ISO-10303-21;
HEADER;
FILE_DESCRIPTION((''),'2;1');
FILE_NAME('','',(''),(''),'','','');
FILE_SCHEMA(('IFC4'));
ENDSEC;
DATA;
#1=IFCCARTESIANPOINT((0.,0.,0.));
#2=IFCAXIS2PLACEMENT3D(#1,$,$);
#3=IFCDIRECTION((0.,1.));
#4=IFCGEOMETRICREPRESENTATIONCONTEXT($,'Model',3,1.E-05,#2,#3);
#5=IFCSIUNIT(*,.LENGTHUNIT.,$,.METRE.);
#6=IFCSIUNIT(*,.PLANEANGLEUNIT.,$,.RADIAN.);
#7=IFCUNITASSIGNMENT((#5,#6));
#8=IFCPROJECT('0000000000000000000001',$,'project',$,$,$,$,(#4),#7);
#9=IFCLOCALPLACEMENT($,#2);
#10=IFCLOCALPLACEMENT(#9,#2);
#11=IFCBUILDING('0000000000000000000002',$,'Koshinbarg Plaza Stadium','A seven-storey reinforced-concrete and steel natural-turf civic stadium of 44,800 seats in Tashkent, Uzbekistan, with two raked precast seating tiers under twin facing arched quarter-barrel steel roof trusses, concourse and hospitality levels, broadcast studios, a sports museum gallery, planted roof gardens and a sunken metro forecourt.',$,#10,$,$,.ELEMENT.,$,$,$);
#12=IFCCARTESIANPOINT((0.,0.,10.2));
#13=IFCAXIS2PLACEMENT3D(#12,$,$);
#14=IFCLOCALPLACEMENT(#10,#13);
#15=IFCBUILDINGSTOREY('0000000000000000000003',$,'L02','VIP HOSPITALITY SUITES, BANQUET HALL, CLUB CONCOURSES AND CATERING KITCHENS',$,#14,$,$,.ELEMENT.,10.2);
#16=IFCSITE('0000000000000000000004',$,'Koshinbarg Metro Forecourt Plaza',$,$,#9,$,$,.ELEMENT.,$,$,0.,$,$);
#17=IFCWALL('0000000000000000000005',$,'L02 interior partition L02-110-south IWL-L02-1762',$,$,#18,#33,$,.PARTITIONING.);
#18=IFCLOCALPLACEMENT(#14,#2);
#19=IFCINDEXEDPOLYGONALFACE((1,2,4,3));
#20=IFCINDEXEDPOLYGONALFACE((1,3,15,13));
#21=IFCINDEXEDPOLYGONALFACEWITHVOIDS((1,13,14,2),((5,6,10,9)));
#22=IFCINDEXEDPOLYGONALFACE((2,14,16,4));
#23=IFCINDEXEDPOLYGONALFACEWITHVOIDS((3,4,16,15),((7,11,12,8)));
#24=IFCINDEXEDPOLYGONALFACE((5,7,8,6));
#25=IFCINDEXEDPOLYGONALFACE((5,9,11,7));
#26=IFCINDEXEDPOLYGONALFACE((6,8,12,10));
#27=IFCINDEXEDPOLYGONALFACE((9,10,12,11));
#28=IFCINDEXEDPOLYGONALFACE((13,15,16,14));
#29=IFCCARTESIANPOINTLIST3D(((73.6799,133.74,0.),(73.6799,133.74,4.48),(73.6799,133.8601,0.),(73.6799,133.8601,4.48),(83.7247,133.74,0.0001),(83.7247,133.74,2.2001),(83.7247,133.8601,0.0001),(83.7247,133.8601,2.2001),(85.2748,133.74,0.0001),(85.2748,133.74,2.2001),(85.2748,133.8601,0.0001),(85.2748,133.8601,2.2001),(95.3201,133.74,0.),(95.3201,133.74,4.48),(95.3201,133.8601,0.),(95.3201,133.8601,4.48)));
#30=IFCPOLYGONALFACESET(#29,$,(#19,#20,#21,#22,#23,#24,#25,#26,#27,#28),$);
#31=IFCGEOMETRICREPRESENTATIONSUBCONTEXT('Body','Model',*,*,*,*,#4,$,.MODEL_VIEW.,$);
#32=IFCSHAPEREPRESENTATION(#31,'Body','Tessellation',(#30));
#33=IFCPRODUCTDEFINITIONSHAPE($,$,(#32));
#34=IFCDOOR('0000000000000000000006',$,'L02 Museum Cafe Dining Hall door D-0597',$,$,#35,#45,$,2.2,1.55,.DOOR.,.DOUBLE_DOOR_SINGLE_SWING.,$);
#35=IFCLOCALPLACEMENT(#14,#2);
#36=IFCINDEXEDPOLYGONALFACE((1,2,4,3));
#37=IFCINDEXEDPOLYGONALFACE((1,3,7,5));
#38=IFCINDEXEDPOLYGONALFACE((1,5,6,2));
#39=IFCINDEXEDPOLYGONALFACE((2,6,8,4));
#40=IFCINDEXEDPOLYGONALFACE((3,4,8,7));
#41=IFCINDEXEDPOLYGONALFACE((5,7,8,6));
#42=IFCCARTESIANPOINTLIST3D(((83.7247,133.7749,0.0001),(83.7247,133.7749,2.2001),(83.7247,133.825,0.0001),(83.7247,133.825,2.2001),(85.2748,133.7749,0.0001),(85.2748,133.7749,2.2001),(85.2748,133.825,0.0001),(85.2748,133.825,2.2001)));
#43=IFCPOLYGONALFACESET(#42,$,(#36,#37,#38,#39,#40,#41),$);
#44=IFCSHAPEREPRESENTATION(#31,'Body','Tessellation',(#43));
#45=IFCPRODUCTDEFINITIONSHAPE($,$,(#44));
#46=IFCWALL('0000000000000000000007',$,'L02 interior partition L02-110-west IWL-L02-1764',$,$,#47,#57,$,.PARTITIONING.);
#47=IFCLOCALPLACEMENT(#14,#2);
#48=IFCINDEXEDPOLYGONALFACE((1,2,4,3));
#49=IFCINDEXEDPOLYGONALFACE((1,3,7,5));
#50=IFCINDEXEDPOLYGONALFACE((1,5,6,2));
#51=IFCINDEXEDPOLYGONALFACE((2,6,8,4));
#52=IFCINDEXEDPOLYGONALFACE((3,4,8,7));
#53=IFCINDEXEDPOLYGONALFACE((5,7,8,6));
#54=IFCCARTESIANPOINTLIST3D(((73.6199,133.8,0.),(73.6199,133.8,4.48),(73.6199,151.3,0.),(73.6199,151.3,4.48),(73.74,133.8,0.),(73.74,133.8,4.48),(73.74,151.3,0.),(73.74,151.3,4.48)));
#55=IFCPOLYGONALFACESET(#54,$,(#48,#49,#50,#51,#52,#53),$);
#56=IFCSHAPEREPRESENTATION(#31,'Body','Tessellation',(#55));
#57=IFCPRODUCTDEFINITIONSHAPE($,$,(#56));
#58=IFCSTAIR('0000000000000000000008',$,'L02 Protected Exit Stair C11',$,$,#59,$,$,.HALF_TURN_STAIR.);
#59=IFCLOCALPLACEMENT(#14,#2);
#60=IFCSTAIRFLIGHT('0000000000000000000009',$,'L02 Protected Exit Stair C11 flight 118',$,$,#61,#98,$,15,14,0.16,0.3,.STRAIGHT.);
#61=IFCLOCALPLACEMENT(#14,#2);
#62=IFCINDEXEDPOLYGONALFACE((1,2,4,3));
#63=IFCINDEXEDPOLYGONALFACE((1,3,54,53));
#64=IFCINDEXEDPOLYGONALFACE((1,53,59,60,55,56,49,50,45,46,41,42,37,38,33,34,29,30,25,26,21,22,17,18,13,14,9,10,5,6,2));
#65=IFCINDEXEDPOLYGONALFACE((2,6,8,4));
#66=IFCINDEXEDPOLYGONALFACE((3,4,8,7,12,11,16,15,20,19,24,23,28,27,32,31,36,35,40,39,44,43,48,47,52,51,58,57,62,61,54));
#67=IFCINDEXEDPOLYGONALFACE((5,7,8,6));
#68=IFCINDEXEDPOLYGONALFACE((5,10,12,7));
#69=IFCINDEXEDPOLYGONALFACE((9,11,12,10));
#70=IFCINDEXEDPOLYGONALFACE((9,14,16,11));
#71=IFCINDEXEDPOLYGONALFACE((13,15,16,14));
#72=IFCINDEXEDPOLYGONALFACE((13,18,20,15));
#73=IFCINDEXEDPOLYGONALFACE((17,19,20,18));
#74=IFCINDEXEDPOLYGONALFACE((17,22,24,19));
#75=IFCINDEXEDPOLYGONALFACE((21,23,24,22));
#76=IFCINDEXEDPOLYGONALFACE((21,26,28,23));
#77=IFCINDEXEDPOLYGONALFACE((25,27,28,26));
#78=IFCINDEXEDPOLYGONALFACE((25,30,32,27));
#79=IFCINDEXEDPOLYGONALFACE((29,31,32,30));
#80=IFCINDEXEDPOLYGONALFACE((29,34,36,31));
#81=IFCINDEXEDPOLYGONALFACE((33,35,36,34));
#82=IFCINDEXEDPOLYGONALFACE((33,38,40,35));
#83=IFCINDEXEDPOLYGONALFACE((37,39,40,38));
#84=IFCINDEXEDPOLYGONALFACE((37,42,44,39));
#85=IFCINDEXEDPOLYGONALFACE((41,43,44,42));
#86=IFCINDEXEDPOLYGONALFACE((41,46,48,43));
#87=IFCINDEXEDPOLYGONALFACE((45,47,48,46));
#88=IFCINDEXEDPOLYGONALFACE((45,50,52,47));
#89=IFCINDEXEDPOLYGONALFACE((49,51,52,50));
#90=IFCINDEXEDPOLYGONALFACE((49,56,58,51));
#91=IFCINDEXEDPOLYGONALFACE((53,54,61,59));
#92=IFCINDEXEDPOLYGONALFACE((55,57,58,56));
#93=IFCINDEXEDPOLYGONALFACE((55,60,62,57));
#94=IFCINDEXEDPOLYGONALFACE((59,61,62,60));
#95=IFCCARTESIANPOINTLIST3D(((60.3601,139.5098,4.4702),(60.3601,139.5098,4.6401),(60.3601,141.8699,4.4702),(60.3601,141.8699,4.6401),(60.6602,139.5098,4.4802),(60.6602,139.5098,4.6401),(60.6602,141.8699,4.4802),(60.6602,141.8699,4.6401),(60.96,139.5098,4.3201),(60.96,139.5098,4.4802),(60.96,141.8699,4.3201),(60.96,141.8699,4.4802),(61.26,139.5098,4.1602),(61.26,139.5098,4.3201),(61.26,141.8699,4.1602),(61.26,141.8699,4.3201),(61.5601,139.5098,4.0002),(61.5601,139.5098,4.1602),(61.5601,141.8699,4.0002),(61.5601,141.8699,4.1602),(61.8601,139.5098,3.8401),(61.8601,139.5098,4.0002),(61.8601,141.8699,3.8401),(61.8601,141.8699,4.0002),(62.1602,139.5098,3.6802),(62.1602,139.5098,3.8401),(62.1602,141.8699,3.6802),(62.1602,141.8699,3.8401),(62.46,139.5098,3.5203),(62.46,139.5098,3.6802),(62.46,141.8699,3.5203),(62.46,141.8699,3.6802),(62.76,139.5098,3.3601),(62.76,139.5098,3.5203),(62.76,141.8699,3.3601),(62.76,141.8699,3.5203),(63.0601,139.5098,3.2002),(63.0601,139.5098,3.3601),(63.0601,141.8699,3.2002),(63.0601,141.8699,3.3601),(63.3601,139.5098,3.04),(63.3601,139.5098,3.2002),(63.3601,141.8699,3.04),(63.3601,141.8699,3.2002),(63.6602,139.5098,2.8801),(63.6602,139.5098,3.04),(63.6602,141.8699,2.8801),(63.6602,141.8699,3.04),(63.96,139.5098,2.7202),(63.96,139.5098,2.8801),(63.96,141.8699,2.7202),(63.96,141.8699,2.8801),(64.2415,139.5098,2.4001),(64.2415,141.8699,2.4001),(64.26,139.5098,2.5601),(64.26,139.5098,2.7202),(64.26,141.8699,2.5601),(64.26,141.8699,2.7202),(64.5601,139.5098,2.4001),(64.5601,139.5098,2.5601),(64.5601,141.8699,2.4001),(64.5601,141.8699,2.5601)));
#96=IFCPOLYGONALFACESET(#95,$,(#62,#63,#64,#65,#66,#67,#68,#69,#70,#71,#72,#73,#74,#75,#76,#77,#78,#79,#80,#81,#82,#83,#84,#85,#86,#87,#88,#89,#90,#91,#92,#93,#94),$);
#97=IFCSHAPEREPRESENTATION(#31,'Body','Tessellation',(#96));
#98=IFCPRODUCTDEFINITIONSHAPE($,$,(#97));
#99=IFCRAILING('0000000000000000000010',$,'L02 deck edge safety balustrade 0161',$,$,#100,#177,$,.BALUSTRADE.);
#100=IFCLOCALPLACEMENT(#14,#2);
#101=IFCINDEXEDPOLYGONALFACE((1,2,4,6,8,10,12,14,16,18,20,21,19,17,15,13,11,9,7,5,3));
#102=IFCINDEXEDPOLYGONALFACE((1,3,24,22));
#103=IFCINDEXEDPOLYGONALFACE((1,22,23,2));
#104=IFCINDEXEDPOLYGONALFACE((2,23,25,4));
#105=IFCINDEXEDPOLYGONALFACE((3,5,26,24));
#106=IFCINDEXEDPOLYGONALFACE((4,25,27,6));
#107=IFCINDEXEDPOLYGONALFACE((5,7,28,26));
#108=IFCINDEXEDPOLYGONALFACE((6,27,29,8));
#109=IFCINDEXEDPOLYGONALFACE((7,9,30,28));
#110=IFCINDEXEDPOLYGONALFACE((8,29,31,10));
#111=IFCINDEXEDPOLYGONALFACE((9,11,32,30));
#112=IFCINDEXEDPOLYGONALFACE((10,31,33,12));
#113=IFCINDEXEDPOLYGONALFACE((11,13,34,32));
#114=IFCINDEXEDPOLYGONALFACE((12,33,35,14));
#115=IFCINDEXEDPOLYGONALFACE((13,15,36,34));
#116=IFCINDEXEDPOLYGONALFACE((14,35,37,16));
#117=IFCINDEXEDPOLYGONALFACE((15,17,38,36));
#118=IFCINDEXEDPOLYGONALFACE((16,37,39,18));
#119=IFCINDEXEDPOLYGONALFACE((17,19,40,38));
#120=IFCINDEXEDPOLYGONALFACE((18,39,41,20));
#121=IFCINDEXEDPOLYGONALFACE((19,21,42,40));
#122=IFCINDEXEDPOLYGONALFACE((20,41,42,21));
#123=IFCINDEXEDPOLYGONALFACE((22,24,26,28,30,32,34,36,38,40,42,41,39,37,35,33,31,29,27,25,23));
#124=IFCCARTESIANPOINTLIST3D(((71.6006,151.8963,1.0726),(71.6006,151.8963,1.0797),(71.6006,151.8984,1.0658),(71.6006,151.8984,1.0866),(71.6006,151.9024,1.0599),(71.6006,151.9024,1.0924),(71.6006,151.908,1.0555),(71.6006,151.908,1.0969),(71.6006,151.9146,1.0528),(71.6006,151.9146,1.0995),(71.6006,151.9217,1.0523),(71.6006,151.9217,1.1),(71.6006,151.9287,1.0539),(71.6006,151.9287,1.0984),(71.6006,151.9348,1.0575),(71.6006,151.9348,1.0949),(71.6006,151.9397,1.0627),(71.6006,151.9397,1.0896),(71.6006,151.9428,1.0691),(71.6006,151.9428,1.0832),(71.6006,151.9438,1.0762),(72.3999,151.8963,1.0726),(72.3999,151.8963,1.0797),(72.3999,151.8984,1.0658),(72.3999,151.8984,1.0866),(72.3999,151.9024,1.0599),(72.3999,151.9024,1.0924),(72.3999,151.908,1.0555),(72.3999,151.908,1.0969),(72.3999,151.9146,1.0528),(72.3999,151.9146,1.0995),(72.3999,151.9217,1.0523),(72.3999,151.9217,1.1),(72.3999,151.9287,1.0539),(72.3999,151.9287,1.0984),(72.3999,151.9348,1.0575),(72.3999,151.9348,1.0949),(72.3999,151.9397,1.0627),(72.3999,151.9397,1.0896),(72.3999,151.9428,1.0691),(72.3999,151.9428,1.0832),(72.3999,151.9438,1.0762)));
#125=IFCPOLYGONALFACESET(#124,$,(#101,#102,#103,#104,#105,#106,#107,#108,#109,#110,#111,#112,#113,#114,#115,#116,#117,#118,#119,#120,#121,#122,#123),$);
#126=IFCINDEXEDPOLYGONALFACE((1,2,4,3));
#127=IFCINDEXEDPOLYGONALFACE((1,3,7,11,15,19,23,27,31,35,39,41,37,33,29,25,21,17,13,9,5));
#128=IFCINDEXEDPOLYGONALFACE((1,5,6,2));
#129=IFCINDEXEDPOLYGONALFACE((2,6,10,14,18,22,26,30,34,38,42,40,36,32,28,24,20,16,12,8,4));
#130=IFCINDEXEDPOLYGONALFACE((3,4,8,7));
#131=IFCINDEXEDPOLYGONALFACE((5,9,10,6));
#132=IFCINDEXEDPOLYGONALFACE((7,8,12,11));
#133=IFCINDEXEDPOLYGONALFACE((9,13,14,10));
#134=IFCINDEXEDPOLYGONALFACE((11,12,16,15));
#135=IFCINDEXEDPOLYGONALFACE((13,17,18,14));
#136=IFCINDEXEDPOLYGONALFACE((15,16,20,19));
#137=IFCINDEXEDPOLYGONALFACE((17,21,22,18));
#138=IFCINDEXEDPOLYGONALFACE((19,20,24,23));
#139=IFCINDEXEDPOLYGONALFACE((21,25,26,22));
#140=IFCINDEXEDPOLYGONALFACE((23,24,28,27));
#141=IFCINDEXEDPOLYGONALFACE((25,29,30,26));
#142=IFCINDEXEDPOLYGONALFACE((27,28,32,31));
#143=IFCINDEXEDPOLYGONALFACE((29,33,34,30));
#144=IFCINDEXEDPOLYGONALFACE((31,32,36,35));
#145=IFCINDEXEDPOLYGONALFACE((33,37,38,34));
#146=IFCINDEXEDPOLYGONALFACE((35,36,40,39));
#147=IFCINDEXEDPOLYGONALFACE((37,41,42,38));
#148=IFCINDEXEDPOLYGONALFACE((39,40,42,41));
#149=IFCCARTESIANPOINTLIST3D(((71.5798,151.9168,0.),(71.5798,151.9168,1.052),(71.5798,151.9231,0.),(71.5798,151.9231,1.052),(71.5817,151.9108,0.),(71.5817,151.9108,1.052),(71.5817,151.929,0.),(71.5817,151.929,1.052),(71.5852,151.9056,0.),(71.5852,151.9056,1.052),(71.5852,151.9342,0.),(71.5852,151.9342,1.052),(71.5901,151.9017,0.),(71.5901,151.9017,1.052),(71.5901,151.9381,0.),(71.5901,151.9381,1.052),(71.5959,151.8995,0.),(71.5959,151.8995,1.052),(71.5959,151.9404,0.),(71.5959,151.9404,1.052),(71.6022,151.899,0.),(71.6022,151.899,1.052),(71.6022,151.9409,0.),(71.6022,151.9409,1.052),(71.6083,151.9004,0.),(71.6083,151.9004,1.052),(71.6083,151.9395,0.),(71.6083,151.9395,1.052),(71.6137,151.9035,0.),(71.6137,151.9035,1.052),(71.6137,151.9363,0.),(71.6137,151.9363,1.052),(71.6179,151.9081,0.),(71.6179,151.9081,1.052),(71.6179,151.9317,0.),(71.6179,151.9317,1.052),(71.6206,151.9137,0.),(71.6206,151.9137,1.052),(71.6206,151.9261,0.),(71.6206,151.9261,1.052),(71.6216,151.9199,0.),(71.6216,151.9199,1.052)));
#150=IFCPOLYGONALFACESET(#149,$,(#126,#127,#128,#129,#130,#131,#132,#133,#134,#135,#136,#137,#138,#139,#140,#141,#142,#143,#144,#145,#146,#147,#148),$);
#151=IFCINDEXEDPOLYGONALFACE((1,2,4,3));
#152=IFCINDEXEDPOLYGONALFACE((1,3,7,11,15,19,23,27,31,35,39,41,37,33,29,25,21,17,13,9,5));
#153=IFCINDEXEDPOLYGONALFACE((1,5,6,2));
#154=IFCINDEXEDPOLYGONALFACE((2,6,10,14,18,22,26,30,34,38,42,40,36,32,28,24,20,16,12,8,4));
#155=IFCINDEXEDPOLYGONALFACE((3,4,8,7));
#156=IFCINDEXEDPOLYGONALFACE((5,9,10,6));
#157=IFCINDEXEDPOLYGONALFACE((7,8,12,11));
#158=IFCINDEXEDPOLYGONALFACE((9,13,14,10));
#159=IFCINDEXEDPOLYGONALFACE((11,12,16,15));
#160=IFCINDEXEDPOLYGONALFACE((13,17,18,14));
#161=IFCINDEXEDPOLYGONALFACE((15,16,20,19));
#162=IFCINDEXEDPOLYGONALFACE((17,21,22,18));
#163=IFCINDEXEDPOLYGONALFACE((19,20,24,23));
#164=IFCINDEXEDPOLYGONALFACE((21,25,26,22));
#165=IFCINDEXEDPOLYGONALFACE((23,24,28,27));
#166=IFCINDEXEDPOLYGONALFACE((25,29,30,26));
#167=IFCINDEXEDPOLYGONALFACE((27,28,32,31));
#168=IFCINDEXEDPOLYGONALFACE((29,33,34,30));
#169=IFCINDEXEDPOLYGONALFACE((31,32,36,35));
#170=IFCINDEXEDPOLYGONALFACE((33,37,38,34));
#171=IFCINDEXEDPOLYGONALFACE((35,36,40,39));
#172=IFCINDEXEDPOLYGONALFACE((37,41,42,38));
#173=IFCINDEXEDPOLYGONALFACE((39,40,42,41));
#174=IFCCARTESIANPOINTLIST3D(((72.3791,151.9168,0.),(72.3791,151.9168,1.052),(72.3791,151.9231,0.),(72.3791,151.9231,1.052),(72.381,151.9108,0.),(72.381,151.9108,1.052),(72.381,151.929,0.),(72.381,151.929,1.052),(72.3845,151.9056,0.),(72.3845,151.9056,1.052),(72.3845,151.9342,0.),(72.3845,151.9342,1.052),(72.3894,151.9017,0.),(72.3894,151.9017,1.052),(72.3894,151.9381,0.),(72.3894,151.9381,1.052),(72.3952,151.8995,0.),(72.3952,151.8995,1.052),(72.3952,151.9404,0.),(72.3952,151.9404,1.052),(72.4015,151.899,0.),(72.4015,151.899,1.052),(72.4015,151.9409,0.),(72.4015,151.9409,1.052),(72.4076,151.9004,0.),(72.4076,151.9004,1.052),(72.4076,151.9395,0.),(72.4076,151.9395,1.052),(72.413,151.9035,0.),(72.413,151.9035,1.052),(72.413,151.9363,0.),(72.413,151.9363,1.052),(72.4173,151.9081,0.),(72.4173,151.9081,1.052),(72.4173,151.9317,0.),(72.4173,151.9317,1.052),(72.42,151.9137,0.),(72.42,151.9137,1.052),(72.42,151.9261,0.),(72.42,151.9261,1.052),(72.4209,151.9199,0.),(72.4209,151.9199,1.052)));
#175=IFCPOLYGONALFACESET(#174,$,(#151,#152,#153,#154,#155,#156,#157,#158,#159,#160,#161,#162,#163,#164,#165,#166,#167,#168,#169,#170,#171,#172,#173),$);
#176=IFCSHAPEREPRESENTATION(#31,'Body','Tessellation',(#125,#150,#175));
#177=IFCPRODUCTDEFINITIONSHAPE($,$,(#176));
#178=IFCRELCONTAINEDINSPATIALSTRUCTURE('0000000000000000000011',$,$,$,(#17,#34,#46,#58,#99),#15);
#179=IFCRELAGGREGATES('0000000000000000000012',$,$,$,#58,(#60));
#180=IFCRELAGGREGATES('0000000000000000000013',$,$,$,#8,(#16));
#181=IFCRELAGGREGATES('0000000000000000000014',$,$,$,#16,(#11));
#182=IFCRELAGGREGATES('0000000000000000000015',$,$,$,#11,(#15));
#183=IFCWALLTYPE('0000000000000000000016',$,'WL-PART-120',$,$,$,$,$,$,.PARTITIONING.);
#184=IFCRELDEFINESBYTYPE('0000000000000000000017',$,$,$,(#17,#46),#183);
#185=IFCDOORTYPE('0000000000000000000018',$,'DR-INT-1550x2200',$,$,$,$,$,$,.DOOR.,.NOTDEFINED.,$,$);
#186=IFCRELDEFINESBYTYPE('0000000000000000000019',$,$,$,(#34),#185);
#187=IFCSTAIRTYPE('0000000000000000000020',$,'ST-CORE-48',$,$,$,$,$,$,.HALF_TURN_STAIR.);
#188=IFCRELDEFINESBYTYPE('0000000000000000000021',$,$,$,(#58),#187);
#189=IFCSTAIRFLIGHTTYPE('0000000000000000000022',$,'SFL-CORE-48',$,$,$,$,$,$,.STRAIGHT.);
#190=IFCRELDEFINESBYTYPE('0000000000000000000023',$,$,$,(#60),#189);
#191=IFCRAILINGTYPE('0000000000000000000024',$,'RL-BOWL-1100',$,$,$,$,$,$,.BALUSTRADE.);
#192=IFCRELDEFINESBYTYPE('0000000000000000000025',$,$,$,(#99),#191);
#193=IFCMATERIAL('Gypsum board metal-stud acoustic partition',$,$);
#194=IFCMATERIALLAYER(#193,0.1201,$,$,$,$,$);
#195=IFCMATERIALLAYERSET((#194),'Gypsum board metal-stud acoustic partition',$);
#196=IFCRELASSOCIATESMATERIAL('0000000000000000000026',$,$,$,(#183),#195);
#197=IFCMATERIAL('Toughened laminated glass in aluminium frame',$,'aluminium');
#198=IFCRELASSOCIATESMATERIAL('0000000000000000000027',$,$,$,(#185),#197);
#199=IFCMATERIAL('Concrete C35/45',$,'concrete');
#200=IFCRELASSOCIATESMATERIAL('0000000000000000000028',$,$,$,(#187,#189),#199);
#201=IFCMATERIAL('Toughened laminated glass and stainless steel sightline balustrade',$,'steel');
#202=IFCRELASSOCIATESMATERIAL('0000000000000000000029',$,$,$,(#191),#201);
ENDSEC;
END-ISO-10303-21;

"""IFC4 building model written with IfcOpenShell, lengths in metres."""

from ifc_helpers import new_model, si_unit, direction, frame, frame_2d, origin, origin_2d, place, context, subcontext, project, spatial, polyline, rectangle, circle, outline, extrude, material, layer, layer_set, type_object, element, fill, aggregate, save


model = new_model("IFC4")

# Units and contexts
model_context = context("Model", 3, precision=1e-05, world=origin(), true_north=direction((0.0, 1.0)))
body_context = subcontext(model_context, "Body", "Model", "MODEL_VIEW")
ifc_project = project(units=[si_unit("LENGTHUNIT", "METRE"), si_unit("PLANEANGLEUNIT", "RADIAN")], contexts=[model_context])

# Site, building, storey
site_placement = place(None, origin())
site = spatial("IfcSite", under=ifc_project, at=site_placement, Name="Koshinbarg Metro Forecourt Plaza", CompositionType="ELEMENT", RefElevation=0.0)
building_placement = place(site_placement, origin())
building = spatial("IfcBuilding", under=site, at=building_placement, Name="Koshinbarg Plaza Stadium", Description="A seven-storey reinforced-concrete and steel natural-turf civic stadium of 44,800 seats in Tashkent, Uzbekistan, with two raked precast seating tiers under twin facing arched quarter-barrel steel roof trusses, concourse and hospitality levels, broadcast studios, a sports museum gallery, planted roof gardens and a sunken metro forecourt.", CompositionType="ELEMENT")
storey_placement = place(building_placement, frame((0.0, 0.0, 10.2)))
storey = spatial("IfcBuildingStorey", under=building, at=storey_placement, Name="L02", Description="VIP HOSPITALITY SUITES, BANQUET HALL, CLUB CONCOURSES AND CATERING KITCHENS", CompositionType="ELEMENT", Elevation=10.2)

# Shared definitions
ifc_material_1 = material(Name="Gypsum board metal-stud acoustic partition")
ifc_layer_1 = layer(ifc_material_1, 0.1201)
ifc_layer_set_1 = layer_set([ifc_layer_1], Name="Gypsum board metal-stud acoustic partition")
wall_type_1 = type_object("IfcWallType", Name="WL-PART-120", PredefinedType="PARTITIONING", material=ifc_layer_set_1)

# Wall, opening, door
wall_1_placement = place(storey_placement, frame((73.6799, 133.8, 0.0), z_axis=(0.0, 0.0, 1.0), x_axis=(1.0, 0.0, 0.0)))
wall_1 = element("IfcWall", 1, at=wall_1_placement, inside=storey, type_object=wall_type_1, Name="L02 interior partition L02-110-south IWL-L02-1762", PredefinedType="PARTITIONING", context=body_context, shape_type="SweptSolid", body=[
    extrude(rectangle(XDim=21.6401, YDim=0.1201, at=frame_2d((10.8201, 0.0))), origin(), (0.0, 0.0, 1.0), 4.48),
])
opening_1_placement = place(wall_1_placement, frame((10.0449, 0.0, 0.0)))
opening_1 = element("IfcOpeningElement", 2, at=opening_1_placement, cuts=wall_1, PredefinedType="OPENING", context=body_context, shape_type="SweptSolid", body=[
    extrude(rectangle(XDim=1.55, YDim=2.2, at=frame_2d((0.7749, 1.1001))), frame((0.0, 0.0701, 0.0), z_axis=(0.0, -1.0, 0.0), x_axis=(1.0, 0.0, 0.0)), (0.0, 0.0, 1.0), 0.1401),
])
ifc_material_2 = material(Name="Toughened laminated glass in aluminium frame", Category="aluminium")
door_type_1 = type_object("IfcDoorType", Name="DR-INT-1550x2200", OperationType="NOTDEFINED", PredefinedType="DOOR", material=ifc_material_2)
door_1_placement = place(opening_1_placement, origin())
door_1 = element("IfcDoor", 3, at=door_1_placement, inside=storey, type_object=door_type_1, Name="L02 Museum Cafe Dining Hall door D-0597", OperationType="DOUBLE_DOOR_SINGLE_SWING", OverallHeight=2.2, OverallWidth=1.55, PredefinedType="DOOR", context=body_context, shape_type="SweptSolid", body=[
    extrude(rectangle(XDim=1.55, YDim=2.2, at=frame_2d((0.7749, 1.1001))), frame((0.0, 0.0249, 0.0), z_axis=(0.0, -1.0, 0.0), x_axis=(1.0, 0.0, 0.0)), (0.0, 0.0, 1.0), 0.05),
])
fill(opening_1, door_1)

# Wall
wall_2_placement = place(storey_placement, frame((73.6799, 151.3, 0.0), z_axis=(0.0, 0.0, 1.0), x_axis=(0.0, -1.0, 0.0)))
element("IfcWall", 4, at=wall_2_placement, inside=storey, type_object=wall_type_1, Name="L02 interior partition L02-110-west IWL-L02-1764", PredefinedType="PARTITIONING", context=body_context, shape_type="SweptSolid", body=[
    extrude(rectangle(XDim=17.5, YDim=0.1201, at=frame_2d((8.75, 0.0))), origin(), (0.0, 0.0, 1.0), 4.48),
])

# Stair, stair flight
ifc_material_3 = material(Name="Concrete C35/45", Category="concrete")
stair_type = type_object("IfcStairType", Name="ST-CORE-48", PredefinedType="HALF_TURN_STAIR", material=ifc_material_3)
stair_placement = place(storey_placement, origin())
stair = element("IfcStair", 5, at=stair_placement, inside=storey, type_object=stair_type, Name="L02 Protected Exit Stair C11", PredefinedType="HALF_TURN_STAIR")
stair_flight_type = type_object("IfcStairFlightType", Name="SFL-CORE-48", PredefinedType="STRAIGHT", material=ifc_material_3)
stair_flight_placement = place(storey_placement, frame((64.5601, 140.6899, 2.4001), z_axis=(0.0, 0.0, 1.0), x_axis=(-1.0, 0.0, 0.0)))
stair_flight = element("IfcStairFlight", 6, at=stair_flight_placement, type_object=stair_flight_type, Name="L02 Protected Exit Stair C11 flight 118", NumberOfRisers=15, NumberOfTreads=14, PredefinedType="STRAIGHT", RiserHeight=0.16, TreadLength=0.3, context=body_context, shape_type="SweptSolid", body=[
    extrude(outline(polyline([(0.0, 0.0), (0.0, 0.1599), (0.3, 0.1599), (0.3, 0.3201), (0.6001, 0.3201), (0.6001, 0.48), (0.8999, 0.48), (0.8999, 0.6399), (1.2, 0.6399), (1.2, 0.8), (1.5, 0.8), (1.5, 0.96), (1.8, 0.96), (1.8, 1.1201), (2.1001, 1.1201), (2.1001, 1.28), (2.3999, 1.28), (2.3999, 1.4399), (2.7, 1.4399), (2.7, 1.6001), (3.0, 1.6001), (3.0, 1.76), (3.3, 1.76), (3.3, 1.9199), (3.6001, 1.9199), (3.6001, 2.0801), (3.8999, 2.0801), (3.8999, 2.24), (4.2, 2.24), (4.2, 2.3999), (4.2, 2.0701), (0.3186, 0.0), (0.0, 0.0)])), frame((0.0, 1.1802, 0.0), z_axis=(0.0, -1.0, 0.0), x_axis=(1.0, 0.0, 0.0)), (0.0, 0.0, 1.0), 2.3601),
])
aggregate(stair, [stair_flight])

# Railing
ifc_material_4 = material(Name="Toughened laminated glass and stainless steel sightline balustrade", Category="steel")
railing_type_1 = type_object("IfcRailingType", Name="RL-BOWL-1100", PredefinedType="BALUSTRADE", material=ifc_material_4)
railing_1_placement = place(storey_placement, frame((71.6006, 151.9199, 0.0)))
element("IfcRailing", 7, at=railing_1_placement, inside=storey, type_object=railing_type_1, Name="L02 deck edge safety balustrade 0161", PredefinedType="BALUSTRADE", context=body_context, shape_type="SweptSolid", body=[
    extrude(circle(Radius=0.0239, at=origin_2d()), frame((0.0, 0.0, 1.0762), z_axis=(1.0, 0.0, 0.0), x_axis=(0.0, 1.0, 0.0)), (0.0, 0.0, 1.0), 0.7993),
    extrude(circle(Radius=0.021, at=origin_2d()), origin(), (0.0, 0.0, 1.0), 1.052),
    extrude(circle(Radius=0.021, at=origin_2d()), frame((0.7993, 0.0, 0.0)), (0.0, 0.0, 1.0), 1.052),
])

save(model, "model.ifc")
